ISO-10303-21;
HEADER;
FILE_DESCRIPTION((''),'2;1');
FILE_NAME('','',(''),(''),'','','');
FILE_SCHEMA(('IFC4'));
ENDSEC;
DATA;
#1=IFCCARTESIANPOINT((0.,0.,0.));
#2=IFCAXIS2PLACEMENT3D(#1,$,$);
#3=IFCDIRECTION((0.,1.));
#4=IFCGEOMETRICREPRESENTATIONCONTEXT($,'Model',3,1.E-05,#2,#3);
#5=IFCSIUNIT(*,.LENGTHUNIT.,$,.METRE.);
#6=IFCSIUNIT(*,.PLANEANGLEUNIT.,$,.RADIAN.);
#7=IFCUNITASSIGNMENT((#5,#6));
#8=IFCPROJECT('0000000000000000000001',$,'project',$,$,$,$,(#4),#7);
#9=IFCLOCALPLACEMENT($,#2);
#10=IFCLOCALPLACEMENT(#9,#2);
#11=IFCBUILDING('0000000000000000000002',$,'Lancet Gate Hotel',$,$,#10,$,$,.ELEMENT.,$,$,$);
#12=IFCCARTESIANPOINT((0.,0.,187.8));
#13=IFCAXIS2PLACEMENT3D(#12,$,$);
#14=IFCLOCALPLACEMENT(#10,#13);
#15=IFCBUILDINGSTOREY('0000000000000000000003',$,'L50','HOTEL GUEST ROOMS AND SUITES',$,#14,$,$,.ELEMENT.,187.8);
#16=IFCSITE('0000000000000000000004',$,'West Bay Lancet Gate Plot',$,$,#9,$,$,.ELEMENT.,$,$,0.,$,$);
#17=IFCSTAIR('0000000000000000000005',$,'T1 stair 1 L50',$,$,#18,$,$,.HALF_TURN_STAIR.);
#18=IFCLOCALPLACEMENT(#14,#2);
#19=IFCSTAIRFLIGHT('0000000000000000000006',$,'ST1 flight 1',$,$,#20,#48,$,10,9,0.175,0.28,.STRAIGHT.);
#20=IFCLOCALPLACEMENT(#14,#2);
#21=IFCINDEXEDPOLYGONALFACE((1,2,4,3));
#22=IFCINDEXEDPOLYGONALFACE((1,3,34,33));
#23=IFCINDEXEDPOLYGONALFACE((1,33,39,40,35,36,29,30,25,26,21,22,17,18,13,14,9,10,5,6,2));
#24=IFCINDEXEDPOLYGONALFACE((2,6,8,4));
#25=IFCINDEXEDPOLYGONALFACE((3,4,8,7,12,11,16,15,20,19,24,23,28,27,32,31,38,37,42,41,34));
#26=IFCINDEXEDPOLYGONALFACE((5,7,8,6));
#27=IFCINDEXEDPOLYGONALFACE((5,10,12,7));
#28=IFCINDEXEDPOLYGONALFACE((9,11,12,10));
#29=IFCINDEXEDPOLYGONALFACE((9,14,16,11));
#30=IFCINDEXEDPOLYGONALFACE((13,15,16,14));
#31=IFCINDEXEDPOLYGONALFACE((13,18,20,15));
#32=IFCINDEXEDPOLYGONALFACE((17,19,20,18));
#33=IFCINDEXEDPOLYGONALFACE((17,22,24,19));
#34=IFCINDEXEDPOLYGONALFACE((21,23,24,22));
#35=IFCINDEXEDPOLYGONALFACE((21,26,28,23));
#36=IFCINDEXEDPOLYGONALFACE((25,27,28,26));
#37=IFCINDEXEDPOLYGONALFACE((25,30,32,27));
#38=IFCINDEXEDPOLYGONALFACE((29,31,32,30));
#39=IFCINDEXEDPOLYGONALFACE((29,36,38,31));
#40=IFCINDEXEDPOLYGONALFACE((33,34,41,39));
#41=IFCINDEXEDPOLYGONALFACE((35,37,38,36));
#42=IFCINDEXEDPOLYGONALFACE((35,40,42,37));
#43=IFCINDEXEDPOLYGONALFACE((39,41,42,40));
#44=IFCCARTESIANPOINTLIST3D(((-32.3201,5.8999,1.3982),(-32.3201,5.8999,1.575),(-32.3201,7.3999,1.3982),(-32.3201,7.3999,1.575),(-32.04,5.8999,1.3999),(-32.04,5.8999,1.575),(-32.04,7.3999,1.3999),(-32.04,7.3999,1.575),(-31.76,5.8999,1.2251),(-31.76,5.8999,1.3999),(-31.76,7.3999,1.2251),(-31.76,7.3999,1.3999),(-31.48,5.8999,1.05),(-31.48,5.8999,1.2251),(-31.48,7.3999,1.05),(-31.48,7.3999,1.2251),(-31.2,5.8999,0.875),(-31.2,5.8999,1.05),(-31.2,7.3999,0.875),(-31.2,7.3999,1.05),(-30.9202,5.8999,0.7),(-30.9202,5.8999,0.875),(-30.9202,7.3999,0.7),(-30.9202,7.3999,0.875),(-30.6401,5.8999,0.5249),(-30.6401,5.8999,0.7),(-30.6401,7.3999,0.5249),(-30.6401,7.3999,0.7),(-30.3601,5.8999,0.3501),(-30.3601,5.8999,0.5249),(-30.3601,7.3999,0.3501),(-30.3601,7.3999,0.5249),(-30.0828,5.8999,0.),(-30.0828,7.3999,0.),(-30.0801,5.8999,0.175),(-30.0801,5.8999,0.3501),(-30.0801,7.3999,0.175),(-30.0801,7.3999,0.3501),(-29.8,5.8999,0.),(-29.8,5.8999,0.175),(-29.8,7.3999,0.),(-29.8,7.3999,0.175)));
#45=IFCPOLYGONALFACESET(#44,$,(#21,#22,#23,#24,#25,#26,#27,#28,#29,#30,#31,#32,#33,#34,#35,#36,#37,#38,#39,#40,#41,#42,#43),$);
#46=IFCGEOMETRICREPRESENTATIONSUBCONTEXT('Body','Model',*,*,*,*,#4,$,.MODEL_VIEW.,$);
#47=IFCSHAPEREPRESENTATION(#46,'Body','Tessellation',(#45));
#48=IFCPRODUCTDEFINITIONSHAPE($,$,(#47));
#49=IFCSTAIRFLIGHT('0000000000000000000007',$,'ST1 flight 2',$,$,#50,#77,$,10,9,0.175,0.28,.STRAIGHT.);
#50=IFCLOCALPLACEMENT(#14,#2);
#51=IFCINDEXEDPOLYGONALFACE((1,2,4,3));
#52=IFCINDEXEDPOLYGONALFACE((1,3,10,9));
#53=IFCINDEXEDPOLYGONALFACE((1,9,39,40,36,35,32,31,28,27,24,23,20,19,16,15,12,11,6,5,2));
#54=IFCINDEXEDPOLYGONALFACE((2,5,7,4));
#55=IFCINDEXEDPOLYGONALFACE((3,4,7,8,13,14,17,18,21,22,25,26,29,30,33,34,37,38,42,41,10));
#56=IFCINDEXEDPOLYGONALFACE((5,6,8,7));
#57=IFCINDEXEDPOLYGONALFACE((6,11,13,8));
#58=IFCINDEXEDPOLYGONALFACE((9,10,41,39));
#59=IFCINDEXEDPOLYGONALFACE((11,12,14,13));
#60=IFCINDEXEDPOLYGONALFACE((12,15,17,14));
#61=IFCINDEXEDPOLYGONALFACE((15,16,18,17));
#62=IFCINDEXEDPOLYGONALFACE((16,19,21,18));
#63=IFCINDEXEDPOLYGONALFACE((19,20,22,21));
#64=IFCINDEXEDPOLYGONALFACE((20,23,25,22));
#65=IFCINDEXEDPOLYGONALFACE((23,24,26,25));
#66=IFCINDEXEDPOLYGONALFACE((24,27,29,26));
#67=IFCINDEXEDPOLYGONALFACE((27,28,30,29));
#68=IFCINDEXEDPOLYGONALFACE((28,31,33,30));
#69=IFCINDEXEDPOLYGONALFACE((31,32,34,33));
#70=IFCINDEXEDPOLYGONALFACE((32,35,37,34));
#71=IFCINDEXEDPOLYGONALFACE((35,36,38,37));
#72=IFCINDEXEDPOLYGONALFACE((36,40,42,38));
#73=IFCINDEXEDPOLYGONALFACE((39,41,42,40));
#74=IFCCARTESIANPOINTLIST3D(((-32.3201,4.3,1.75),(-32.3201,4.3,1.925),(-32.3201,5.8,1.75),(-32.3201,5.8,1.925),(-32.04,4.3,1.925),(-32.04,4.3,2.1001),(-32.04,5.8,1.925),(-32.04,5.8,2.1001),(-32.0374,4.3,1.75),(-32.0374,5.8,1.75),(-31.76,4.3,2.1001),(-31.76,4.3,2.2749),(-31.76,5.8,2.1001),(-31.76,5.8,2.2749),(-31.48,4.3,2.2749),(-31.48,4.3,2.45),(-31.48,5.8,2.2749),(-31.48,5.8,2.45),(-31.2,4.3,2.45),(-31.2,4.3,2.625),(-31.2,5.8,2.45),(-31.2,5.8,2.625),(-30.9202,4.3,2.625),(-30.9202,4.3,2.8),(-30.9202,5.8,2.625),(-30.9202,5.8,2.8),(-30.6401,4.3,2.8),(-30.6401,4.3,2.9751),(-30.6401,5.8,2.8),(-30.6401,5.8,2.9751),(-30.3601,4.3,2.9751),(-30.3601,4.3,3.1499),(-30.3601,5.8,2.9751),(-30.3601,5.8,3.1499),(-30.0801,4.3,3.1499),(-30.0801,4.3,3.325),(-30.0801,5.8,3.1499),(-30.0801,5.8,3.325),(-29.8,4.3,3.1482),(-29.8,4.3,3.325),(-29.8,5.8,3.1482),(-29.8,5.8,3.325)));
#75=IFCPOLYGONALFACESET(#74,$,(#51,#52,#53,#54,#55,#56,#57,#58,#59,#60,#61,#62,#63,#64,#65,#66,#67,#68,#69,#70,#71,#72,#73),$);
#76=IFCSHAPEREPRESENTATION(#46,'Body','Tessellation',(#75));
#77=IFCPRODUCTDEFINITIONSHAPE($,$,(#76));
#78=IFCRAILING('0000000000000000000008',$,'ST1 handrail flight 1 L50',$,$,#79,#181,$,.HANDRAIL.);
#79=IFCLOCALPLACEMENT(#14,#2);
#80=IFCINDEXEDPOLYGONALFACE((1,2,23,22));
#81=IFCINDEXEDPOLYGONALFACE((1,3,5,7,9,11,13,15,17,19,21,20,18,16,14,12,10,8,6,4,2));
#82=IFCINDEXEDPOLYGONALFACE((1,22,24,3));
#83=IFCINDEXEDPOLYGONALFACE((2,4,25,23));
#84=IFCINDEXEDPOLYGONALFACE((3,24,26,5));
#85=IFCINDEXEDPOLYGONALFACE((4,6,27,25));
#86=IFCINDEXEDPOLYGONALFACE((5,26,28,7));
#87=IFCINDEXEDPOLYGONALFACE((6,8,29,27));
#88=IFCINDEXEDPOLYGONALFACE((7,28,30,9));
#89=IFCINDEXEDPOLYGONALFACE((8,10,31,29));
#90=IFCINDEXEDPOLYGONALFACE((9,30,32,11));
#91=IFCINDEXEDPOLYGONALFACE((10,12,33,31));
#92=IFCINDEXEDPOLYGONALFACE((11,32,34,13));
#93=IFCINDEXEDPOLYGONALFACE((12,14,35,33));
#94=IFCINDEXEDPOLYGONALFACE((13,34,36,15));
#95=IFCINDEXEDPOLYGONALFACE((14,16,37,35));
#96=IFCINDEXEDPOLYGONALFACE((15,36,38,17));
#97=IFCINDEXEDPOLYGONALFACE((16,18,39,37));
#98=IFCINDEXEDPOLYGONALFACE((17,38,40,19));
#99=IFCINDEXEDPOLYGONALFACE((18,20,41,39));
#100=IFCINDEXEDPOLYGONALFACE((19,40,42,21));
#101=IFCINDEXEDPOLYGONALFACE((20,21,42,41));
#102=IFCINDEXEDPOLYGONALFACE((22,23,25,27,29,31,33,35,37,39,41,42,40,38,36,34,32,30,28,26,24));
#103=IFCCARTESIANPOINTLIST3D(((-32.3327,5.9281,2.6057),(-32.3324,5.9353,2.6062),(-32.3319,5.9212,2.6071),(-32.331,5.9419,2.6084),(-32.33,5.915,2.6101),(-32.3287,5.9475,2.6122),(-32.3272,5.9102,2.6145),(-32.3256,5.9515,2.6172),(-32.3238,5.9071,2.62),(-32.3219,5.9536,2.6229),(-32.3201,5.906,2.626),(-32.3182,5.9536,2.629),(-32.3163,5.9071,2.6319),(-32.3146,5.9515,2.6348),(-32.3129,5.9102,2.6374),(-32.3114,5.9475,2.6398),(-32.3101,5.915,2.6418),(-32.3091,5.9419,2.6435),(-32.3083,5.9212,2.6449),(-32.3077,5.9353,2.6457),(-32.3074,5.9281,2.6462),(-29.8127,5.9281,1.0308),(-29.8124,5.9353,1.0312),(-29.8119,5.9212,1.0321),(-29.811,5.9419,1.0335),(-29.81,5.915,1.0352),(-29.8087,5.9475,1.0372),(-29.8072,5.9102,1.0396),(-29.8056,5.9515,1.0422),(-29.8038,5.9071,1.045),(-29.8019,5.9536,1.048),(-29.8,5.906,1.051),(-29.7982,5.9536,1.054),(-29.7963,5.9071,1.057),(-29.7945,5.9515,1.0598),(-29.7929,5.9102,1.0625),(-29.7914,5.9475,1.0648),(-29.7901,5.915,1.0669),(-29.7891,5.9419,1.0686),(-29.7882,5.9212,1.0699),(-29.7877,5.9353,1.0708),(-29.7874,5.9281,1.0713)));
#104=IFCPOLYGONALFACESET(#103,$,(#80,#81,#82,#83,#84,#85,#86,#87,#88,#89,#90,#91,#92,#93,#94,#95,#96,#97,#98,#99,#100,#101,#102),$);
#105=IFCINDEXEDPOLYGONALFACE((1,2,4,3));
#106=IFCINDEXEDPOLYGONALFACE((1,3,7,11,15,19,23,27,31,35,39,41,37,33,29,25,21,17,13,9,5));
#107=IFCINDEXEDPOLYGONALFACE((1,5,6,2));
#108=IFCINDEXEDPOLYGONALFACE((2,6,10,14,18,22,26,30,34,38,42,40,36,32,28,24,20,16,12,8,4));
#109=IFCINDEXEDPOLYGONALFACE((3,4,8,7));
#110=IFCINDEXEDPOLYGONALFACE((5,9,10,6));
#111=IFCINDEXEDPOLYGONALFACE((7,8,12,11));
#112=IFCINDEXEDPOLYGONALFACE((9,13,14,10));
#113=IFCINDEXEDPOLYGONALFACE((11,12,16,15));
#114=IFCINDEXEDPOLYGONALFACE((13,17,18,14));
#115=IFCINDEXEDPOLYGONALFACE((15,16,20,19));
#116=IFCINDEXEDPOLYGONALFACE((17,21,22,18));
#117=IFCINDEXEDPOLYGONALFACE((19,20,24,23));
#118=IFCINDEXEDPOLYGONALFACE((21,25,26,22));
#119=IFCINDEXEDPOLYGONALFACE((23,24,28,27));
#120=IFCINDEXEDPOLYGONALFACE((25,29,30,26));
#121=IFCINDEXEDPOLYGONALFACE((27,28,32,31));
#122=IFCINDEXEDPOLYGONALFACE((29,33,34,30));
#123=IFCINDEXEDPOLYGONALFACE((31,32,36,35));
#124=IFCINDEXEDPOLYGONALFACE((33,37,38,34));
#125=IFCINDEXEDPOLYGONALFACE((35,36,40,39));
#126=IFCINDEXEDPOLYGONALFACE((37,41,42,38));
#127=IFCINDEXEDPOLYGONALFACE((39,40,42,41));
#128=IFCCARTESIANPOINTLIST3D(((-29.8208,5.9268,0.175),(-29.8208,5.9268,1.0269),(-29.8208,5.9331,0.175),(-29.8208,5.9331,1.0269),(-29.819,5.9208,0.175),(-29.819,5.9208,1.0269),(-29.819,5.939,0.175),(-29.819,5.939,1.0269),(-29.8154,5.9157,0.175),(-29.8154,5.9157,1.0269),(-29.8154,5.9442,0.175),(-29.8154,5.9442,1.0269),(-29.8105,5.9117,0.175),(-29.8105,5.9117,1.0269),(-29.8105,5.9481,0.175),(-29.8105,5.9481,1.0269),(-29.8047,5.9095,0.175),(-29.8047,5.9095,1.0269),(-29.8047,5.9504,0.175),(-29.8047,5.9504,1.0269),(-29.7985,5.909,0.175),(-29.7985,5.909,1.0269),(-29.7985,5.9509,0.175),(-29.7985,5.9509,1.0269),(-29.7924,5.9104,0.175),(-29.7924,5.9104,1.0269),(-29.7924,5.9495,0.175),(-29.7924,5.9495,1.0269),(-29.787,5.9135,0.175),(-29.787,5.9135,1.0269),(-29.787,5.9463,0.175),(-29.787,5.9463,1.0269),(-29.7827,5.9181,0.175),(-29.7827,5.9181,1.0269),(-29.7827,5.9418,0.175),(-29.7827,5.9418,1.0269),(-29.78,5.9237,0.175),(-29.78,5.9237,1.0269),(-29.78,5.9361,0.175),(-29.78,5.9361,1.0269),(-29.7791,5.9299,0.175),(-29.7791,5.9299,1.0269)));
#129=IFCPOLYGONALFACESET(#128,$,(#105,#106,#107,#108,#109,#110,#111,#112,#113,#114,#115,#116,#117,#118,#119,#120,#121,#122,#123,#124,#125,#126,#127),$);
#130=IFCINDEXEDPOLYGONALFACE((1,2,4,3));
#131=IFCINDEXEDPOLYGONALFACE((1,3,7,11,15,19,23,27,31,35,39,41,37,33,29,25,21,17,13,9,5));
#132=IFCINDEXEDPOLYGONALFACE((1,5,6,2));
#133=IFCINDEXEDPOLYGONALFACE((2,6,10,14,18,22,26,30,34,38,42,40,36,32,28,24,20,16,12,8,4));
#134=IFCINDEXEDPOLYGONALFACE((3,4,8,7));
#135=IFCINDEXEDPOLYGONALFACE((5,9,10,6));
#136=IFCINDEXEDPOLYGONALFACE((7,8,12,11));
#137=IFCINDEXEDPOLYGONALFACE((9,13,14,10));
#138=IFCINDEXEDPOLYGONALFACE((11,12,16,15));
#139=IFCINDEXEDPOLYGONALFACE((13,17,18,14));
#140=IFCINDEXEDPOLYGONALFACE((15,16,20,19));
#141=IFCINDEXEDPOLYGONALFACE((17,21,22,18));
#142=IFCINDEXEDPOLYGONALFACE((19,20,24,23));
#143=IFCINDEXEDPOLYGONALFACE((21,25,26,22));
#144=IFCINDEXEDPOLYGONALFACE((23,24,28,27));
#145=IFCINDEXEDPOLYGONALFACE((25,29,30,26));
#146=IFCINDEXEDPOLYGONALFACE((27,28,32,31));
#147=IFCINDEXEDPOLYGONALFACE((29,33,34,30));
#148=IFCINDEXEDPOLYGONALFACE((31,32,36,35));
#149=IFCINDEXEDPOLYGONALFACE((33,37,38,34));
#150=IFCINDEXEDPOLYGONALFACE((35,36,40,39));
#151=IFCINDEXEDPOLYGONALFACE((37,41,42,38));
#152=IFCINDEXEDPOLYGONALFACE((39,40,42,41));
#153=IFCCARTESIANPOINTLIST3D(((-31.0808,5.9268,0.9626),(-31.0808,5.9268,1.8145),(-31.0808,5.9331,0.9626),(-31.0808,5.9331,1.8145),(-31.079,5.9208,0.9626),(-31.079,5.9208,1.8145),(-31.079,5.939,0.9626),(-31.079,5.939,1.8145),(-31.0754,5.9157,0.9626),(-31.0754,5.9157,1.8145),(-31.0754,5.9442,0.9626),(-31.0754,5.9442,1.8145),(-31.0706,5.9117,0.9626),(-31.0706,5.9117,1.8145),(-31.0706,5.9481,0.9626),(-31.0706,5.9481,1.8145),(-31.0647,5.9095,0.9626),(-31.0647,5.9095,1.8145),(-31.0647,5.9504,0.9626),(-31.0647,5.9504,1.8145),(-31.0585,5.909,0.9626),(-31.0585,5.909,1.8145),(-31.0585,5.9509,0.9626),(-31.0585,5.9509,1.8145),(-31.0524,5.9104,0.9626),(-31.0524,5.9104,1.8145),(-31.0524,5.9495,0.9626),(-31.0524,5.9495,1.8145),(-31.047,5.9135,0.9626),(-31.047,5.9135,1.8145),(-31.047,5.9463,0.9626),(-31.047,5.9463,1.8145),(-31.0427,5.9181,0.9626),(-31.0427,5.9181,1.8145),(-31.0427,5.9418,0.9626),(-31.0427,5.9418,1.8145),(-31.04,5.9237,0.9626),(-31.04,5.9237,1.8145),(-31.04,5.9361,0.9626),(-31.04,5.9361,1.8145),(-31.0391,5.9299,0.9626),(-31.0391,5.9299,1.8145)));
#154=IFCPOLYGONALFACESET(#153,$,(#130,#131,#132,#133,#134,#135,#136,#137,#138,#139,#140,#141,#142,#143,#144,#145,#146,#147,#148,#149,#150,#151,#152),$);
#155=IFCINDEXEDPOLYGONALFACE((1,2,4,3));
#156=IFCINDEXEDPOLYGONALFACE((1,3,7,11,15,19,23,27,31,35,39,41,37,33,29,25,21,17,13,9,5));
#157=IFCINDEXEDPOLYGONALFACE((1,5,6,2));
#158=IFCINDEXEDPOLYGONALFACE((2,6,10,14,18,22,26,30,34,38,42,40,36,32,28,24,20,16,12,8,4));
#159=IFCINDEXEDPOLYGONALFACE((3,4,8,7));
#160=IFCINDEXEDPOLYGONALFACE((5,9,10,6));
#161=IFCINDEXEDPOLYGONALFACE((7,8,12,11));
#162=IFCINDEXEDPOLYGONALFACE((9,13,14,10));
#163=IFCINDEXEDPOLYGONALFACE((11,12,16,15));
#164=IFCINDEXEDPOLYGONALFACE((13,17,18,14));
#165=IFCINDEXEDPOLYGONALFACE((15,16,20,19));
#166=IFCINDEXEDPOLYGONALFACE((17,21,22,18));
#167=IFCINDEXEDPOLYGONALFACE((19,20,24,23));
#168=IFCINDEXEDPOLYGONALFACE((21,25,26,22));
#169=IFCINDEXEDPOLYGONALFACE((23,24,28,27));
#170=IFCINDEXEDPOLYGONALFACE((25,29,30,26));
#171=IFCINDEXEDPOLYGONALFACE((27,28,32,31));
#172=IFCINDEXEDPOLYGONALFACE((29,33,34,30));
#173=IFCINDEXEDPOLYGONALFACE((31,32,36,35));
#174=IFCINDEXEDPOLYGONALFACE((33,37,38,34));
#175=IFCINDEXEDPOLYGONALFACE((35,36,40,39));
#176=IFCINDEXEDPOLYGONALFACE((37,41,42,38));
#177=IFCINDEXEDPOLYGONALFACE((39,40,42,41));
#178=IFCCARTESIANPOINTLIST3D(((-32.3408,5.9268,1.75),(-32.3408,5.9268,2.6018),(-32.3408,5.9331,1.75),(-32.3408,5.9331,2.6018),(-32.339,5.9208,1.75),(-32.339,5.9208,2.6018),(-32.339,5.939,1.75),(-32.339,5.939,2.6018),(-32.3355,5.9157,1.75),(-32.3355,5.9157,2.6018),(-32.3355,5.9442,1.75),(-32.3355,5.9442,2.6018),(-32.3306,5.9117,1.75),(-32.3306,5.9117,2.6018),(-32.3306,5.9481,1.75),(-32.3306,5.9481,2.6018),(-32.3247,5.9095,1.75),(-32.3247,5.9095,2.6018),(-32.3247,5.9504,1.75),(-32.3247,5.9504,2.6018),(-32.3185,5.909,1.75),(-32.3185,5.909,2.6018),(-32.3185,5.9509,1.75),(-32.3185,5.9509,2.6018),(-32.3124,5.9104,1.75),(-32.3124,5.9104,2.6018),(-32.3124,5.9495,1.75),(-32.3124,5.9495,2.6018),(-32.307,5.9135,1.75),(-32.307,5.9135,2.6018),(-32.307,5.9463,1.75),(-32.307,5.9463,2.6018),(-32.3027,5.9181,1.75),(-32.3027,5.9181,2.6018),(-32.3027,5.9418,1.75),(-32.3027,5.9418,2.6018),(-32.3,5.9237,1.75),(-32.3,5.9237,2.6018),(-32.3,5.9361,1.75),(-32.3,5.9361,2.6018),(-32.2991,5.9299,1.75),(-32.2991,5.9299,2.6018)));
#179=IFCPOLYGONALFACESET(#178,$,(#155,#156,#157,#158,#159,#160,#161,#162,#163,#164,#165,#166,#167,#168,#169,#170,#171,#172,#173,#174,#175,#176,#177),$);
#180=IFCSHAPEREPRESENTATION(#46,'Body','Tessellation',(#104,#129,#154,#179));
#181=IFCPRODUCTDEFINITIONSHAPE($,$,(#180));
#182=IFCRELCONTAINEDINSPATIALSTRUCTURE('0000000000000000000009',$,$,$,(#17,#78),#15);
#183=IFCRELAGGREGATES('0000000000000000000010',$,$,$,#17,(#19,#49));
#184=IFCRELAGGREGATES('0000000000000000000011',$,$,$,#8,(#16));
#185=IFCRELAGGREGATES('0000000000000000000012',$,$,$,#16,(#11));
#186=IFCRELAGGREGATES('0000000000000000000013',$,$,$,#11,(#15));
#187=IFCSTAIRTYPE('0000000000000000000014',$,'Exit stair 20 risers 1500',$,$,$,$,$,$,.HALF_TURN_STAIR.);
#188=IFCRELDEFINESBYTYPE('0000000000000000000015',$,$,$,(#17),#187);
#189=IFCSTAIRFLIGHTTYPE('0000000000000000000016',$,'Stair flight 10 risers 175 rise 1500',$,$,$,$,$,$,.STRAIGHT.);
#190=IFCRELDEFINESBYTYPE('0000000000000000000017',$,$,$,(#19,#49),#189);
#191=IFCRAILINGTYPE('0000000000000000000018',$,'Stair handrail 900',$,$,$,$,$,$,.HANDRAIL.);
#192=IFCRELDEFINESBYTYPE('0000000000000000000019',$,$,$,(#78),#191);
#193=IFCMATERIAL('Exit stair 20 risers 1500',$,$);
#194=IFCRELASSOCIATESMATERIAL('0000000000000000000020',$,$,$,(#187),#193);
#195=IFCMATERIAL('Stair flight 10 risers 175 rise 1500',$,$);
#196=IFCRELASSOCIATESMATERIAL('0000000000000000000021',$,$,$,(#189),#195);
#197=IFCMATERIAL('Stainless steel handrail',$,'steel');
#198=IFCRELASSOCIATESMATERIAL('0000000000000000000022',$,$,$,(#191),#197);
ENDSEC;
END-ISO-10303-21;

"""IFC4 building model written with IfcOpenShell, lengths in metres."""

from ifc_helpers import new_model, si_unit, direction, frame, origin, origin_2d, place, context, subcontext, project, spatial, polyline, circle, outline, extrude, material, type_object, element, aggregate, save


model = new_model("IFC4")

# Units and contexts
model_context = context("Model", 3, precision=1e-05, world=origin(), true_north=direction((0.0, 1.0)))
body_context = subcontext(model_context, "Body", "Model", "MODEL_VIEW")
ifc_project = project(units=[si_unit("LENGTHUNIT", "METRE"), si_unit("PLANEANGLEUNIT", "RADIAN")], contexts=[model_context])

# Site, building, storey
site_placement = place(None, origin())
site = spatial("IfcSite", under=ifc_project, at=site_placement, Name="West Bay Lancet Gate Plot", CompositionType="ELEMENT", RefElevation=0.0)
building_placement = place(site_placement, origin())
building = spatial("IfcBuilding", under=site, at=building_placement, Name="Lancet Gate Hotel", CompositionType="ELEMENT")
storey_placement = place(building_placement, frame((0.0, 0.0, 187.8)))
storey = spatial("IfcBuildingStorey", under=building, at=storey_placement, Name="L50", Description="HOTEL GUEST ROOMS AND SUITES", CompositionType="ELEMENT", Elevation=187.8)

# Stair, stair flights
ifc_material_1 = material(Name="Exit stair 20 risers 1500")
stair_type = type_object("IfcStairType", Name="Exit stair 20 risers 1500", PredefinedType="HALF_TURN_STAIR", material=ifc_material_1)
stair_placement = place(storey_placement, origin())
stair = element("IfcStair", 1, at=stair_placement, inside=storey, type_object=stair_type, Name="T1 stair 1 L50", PredefinedType="HALF_TURN_STAIR")
ifc_material_2 = material(Name="Stair flight 10 risers 175 rise 1500")
stair_flight_type = type_object("IfcStairFlightType", Name="Stair flight 10 risers 175 rise 1500", PredefinedType="STRAIGHT", material=ifc_material_2)
stair_flight_1_placement = place(storey_placement, frame((-29.8, 6.6499, 0.0), z_axis=(0.0, 0.0, 1.0), x_axis=(-1.0, 0.0, 0.0)))
stair_flight_1 = element("IfcStairFlight", 2, at=stair_flight_1_placement, type_object=stair_flight_type, Name="ST1 flight 1", NumberOfRisers=10, NumberOfTreads=9, PredefinedType="STRAIGHT", RiserHeight=0.175, TreadLength=0.28, context=body_context, shape_type="SweptSolid", body=[
    extrude(outline(polyline([(0.0, 0.0), (0.0, 0.175), (0.28, 0.175), (0.28, 0.3501), (0.5601, 0.3501), (0.5601, 0.5249), (0.8401, 0.5249), (0.8401, 0.7), (1.1201, 0.7), (1.1201, 0.875), (1.3999, 0.875), (1.3999, 1.05), (1.6799, 1.05), (1.6799, 1.2251), (1.96, 1.2251), (1.96, 1.3999), (2.24, 1.3999), (2.24, 1.575), (2.52, 1.575), (2.52, 1.75), (2.52, 1.3982), (0.2827, 0.0), (0.0, 0.0)])), frame((0.0, 0.75, 0.0), z_axis=(0.0, -1.0, 0.0), x_axis=(1.0, 0.0, 0.0)), (0.0, 0.0, 1.0), 1.5),
])
stair_flight_2_placement = place(storey_placement, frame((-32.3201, 5.05, 1.75), z_axis=(0.0, 0.0, 1.0), x_axis=(1.0, 0.0, 0.0)))
stair_flight_2 = element("IfcStairFlight", 3, at=stair_flight_2_placement, type_object=stair_flight_type, Name="ST1 flight 2", NumberOfRisers=10, NumberOfTreads=9, PredefinedType="STRAIGHT", RiserHeight=0.175, TreadLength=0.28, context=body_context, shape_type="SweptSolid", body=[
    extrude(outline(polyline([(0.0, 0.0), (0.0, 0.175), (0.28, 0.175), (0.28, 0.3501), (0.5601, 0.3501), (0.5601, 0.5249), (0.8401, 0.5249), (0.8401, 0.7), (1.1201, 0.7), (1.1201, 0.875), (1.3999, 0.875), (1.3999, 1.05), (1.6799, 1.05), (1.6799, 1.2251), (1.96, 1.2251), (1.96, 1.3999), (2.24, 1.3999), (2.24, 1.575), (2.52, 1.575), (2.52, 1.75), (2.52, 1.3982), (0.2827, 0.0), (0.0, 0.0)])), frame((0.0, 0.75, 0.0), z_axis=(0.0, -1.0, 0.0), x_axis=(1.0, 0.0, 0.0)), (0.0, 0.0, 1.0), 1.5),
])
aggregate(stair, [stair_flight_1, stair_flight_2])

# Railing
ifc_material_3 = material(Name="Stainless steel handrail", Category="steel")
railing_type = type_object("IfcRailingType", Name="Stair handrail 900", PredefinedType="HANDRAIL", material=ifc_material_3)
railing_1_placement = place(storey_placement, frame((-29.8, 5.9299, 0.175)))
element("IfcRailing", 4, at=railing_1_placement, inside=storey, type_object=railing_type, Name="ST1 handrail flight 1 L50", PredefinedType="HANDRAIL", context=body_context, shape_type="SweptSolid", body=[
    extrude(circle(Radius=0.0239, at=origin_2d()), frame((0.0, 0.0, 0.876), z_axis=(-0.848008, 0.0, 0.529984), x_axis=(0.0, -1.0, 0.0)), (0.0, 0.0, 1.0), 2.9717),
    extrude(circle(Radius=0.021, at=origin_2d()), origin(), (0.0, 0.0, 1.0), 0.8518),
    extrude(circle(Radius=0.021, at=origin_2d()), frame((-1.26, 0.0, 0.7876)), (0.0, 0.0, 1.0), 0.8518),
    extrude(circle(Radius=0.021, at=origin_2d()), frame((-2.52, 0.0, 1.575)), (0.0, 0.0, 1.0), 0.8518),
])

save(model, "model.ifc")
